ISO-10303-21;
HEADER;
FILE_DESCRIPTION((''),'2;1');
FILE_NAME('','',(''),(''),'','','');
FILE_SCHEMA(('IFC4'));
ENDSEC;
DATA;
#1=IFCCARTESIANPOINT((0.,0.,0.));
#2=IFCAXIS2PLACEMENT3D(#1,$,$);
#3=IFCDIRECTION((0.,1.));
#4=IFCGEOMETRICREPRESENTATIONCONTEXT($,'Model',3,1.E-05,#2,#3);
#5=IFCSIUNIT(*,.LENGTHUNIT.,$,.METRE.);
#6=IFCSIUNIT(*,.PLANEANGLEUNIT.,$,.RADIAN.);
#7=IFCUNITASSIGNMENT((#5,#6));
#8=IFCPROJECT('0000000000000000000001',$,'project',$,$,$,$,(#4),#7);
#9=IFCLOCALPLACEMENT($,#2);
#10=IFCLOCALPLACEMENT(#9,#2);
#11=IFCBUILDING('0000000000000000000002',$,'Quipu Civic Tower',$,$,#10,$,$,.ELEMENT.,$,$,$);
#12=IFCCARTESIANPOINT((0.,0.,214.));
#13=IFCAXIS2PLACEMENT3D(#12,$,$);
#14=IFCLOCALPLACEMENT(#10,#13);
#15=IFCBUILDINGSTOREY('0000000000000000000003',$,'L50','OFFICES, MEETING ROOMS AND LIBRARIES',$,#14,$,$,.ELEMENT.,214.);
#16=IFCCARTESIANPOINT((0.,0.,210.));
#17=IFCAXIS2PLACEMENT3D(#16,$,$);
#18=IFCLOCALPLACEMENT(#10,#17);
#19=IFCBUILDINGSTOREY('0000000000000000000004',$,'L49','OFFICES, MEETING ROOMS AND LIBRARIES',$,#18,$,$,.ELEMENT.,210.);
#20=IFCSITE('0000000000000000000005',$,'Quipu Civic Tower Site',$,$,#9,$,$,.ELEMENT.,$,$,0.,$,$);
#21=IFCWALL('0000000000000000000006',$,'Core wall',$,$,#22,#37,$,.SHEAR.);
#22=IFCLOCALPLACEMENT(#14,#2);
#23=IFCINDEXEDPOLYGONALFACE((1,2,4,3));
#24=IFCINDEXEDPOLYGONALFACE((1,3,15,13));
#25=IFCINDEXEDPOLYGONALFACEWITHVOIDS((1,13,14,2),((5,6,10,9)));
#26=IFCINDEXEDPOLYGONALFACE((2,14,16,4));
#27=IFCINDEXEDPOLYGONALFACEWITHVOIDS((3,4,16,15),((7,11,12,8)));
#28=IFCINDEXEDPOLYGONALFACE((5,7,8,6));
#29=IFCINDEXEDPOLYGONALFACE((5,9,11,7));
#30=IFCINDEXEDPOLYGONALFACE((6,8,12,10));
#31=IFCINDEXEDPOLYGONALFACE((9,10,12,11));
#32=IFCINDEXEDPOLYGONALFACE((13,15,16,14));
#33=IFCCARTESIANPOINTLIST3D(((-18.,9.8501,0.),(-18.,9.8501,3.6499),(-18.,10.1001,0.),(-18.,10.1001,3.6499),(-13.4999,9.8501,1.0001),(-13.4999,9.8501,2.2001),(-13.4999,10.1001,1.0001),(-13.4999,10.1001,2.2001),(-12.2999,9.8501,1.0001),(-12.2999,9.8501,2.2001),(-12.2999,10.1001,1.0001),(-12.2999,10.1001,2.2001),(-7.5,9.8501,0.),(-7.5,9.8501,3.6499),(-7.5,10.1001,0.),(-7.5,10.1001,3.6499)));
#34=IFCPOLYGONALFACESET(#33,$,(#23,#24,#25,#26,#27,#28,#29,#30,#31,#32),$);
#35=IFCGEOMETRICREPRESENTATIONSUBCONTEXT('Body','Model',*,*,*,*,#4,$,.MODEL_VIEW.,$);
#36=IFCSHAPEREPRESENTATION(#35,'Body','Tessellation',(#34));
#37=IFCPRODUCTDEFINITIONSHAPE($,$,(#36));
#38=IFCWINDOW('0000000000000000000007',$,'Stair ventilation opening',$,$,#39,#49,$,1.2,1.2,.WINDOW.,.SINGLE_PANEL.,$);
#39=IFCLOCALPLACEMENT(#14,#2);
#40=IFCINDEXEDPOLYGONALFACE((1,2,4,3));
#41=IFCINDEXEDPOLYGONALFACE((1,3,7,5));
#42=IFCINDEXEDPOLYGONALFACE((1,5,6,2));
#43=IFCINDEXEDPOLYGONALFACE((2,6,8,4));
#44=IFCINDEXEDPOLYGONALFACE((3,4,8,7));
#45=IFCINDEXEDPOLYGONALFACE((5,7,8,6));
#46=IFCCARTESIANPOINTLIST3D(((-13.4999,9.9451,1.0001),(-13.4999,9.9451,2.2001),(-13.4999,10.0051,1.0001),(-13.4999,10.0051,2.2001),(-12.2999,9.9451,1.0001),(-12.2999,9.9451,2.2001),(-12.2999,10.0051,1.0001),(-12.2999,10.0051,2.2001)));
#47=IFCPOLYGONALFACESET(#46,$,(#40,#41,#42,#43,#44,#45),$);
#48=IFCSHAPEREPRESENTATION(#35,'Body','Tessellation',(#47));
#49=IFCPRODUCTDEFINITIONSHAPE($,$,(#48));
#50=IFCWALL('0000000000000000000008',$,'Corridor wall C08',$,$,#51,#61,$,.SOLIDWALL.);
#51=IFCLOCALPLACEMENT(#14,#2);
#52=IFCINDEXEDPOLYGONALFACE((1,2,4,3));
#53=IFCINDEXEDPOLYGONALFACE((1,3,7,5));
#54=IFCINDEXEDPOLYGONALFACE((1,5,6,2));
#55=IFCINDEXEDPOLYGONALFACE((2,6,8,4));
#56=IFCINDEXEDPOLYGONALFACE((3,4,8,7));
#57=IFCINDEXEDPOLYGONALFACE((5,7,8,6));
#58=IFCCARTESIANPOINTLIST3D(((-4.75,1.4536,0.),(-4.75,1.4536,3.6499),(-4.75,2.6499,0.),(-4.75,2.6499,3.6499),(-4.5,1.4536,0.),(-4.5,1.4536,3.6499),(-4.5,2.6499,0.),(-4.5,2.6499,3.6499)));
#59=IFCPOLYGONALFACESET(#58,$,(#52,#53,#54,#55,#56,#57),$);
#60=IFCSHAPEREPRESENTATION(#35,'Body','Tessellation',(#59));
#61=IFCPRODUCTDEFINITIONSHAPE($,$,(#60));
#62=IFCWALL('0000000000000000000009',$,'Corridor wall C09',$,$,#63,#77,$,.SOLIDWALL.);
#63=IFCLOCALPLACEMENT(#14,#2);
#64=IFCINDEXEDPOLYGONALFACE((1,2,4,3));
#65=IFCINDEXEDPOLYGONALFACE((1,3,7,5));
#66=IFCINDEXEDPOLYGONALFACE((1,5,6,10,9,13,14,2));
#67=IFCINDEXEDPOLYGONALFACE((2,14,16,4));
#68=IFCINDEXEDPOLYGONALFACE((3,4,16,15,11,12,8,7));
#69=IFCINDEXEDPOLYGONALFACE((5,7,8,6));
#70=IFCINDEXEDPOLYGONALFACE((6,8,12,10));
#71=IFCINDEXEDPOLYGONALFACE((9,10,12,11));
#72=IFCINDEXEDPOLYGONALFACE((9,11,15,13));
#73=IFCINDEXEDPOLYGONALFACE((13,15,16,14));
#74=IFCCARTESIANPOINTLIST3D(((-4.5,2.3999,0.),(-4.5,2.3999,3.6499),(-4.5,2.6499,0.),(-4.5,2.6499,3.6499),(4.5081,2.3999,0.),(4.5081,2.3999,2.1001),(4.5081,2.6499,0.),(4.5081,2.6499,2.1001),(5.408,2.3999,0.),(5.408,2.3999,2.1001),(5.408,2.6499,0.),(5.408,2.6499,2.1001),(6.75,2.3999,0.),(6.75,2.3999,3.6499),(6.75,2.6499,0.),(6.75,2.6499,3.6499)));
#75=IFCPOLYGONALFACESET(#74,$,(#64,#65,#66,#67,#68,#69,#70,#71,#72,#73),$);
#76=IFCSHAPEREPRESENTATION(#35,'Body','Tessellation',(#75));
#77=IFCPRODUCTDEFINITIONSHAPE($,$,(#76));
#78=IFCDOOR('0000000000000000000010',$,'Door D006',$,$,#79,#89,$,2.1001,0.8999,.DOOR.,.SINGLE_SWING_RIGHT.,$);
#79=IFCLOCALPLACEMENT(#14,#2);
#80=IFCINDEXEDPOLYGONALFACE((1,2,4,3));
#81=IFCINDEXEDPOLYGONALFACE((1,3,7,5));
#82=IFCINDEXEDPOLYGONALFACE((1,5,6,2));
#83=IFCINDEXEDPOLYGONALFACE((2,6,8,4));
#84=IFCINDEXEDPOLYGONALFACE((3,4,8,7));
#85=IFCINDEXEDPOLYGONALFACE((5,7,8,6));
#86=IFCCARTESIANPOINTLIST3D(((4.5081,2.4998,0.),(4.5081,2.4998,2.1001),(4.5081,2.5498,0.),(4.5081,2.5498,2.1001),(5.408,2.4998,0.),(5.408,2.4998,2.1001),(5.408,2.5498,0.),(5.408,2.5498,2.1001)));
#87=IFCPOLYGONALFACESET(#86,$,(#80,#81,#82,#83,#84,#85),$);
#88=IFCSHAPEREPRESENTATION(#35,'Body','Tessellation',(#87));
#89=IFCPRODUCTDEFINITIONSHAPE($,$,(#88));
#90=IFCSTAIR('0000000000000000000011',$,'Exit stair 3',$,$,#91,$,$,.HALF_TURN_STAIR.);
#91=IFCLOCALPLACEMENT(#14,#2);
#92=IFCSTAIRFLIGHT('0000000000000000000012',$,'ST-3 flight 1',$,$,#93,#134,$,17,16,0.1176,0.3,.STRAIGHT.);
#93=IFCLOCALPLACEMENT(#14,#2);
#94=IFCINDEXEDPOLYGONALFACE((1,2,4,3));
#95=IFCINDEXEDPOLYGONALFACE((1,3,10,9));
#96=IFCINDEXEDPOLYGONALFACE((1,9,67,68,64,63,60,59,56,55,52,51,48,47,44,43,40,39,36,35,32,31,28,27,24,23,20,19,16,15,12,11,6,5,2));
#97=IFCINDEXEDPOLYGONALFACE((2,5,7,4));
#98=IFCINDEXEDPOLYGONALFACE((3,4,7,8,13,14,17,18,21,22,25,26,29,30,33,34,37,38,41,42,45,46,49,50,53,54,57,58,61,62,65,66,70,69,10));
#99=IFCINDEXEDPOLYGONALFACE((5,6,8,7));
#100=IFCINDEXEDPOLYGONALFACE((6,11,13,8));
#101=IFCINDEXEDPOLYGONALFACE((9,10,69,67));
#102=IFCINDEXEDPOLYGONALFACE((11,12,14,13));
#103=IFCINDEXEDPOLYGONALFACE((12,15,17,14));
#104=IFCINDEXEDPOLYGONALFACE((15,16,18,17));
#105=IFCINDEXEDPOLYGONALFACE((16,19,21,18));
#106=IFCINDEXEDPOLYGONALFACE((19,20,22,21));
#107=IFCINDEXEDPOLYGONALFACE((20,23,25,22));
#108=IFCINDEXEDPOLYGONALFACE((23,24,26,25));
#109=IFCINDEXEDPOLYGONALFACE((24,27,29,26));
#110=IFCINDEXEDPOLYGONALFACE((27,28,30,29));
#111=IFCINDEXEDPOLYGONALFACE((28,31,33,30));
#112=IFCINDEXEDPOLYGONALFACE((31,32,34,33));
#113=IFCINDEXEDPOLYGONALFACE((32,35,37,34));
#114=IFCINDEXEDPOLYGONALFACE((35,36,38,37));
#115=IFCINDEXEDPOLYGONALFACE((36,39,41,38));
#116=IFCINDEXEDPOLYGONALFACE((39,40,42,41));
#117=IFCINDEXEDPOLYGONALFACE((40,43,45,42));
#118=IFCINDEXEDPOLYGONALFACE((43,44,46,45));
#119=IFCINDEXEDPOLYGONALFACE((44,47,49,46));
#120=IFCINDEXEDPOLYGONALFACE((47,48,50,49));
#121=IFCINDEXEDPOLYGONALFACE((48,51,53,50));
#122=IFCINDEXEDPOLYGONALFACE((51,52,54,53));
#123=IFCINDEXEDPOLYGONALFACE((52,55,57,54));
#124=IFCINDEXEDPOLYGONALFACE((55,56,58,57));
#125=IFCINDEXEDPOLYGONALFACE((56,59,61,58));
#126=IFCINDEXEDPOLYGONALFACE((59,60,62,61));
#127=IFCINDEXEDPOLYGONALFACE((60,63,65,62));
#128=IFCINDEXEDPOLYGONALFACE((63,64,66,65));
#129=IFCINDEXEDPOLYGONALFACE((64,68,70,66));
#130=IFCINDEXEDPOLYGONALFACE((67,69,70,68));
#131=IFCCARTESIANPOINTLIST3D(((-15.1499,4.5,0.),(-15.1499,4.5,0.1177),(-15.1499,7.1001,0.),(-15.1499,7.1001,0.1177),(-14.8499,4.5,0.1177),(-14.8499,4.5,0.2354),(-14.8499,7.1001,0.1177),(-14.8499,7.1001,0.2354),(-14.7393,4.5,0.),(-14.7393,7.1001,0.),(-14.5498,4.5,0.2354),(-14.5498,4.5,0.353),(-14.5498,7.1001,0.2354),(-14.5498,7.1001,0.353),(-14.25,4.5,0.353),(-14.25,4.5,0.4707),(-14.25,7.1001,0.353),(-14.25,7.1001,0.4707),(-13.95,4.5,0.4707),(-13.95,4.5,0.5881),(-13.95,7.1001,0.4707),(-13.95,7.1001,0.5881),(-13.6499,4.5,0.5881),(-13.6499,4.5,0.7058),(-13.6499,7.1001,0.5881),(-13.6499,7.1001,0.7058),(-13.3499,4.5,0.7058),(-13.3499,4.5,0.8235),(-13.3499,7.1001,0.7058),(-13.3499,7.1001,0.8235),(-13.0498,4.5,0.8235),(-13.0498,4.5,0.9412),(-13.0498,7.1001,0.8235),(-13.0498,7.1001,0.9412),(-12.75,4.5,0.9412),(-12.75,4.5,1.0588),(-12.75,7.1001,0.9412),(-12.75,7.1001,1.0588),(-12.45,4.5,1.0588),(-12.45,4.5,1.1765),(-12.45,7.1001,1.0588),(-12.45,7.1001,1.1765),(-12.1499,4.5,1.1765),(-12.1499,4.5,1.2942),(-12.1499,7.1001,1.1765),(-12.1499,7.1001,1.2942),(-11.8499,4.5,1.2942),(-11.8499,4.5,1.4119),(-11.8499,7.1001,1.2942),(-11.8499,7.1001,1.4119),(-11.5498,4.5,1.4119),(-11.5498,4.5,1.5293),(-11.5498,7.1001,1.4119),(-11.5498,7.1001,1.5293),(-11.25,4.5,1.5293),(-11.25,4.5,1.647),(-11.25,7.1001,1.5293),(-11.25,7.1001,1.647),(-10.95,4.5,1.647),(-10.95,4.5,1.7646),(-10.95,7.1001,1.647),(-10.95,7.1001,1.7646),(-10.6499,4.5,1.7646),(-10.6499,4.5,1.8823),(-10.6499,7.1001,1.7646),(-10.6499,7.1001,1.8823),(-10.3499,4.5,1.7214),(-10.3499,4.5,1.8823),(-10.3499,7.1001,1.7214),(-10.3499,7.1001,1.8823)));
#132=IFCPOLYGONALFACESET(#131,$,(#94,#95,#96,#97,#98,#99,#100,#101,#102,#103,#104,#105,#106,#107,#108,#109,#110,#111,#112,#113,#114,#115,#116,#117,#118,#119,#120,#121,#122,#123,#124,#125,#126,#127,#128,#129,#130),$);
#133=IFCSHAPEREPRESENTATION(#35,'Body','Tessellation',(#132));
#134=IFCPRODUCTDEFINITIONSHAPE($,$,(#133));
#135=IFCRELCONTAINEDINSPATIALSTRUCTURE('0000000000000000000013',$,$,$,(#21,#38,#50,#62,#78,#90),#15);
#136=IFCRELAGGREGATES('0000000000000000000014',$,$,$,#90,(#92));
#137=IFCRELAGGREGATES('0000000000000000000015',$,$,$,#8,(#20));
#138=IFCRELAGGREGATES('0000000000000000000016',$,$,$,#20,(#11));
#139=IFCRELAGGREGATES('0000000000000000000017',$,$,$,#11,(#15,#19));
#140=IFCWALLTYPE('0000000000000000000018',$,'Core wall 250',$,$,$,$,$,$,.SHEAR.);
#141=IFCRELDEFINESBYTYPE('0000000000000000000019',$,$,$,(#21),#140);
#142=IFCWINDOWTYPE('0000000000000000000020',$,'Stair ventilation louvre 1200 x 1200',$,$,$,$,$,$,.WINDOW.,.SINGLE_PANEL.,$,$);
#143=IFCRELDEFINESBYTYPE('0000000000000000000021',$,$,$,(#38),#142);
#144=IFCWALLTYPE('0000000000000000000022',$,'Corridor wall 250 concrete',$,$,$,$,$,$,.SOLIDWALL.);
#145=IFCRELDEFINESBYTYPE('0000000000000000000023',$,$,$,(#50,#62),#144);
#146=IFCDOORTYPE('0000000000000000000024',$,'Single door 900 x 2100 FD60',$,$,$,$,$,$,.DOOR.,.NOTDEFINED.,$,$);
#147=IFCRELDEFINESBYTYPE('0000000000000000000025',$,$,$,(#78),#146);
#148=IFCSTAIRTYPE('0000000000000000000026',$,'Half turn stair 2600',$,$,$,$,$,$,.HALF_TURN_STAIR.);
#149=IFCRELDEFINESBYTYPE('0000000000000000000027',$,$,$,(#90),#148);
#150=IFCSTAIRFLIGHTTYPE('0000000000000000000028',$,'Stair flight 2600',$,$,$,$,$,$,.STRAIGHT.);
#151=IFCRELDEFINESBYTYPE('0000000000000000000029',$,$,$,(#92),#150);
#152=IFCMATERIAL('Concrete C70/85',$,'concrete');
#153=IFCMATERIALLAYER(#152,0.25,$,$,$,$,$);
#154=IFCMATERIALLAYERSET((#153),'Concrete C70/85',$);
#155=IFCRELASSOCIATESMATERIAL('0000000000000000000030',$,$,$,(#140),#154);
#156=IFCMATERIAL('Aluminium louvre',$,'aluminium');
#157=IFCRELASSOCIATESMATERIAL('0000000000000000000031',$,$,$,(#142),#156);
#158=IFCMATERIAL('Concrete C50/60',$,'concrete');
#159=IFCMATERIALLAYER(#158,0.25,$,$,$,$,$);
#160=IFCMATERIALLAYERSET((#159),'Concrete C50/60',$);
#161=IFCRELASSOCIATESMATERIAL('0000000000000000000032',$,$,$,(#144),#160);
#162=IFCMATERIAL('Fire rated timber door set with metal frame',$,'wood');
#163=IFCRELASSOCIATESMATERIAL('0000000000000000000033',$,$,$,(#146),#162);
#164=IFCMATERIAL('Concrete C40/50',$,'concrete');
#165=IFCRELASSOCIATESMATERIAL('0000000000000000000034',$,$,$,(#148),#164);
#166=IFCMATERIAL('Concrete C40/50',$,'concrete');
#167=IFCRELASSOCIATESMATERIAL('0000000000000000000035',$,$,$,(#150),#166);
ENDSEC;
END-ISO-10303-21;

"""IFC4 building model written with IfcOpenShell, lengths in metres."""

from ifc_helpers import new_model, si_unit, direction, frame, frame_2d, origin, place, context, subcontext, project, spatial, polyline, rectangle, outline, extrude, material, layer, layer_set, type_object, element, fill, aggregate, save


model = new_model("IFC4")

# Units and contexts
model_context = context("Model", 3, precision=1e-05, world=origin(), true_north=direction((0.0, 1.0)))
body_context = subcontext(model_context, "Body", "Model", "MODEL_VIEW")
ifc_project = project(units=[si_unit("LENGTHUNIT", "METRE"), si_unit("PLANEANGLEUNIT", "RADIAN")], contexts=[model_context])

# Site, building, storey
site_placement = place(None, origin())
site = spatial("IfcSite", under=ifc_project, at=site_placement, Name="Quipu Civic Tower Site", CompositionType="ELEMENT", RefElevation=0.0)
building_placement = place(site_placement, origin())
building = spatial("IfcBuilding", under=site, at=building_placement, Name="Quipu Civic Tower", CompositionType="ELEMENT")
storey_1_placement = place(building_placement, frame((0.0, 0.0, 214.0)))
storey_1 = spatial("IfcBuildingStorey", under=building, at=storey_1_placement, Name="L50", Description="OFFICES, MEETING ROOMS AND LIBRARIES", CompositionType="ELEMENT", Elevation=214.0)

# Shared definitions
storey_2_placement = place(building_placement, frame((0.0, 0.0, 210.0)))
storey_2 = spatial("IfcBuildingStorey", under=building, at=storey_2_placement, Name="L49", Description="OFFICES, MEETING ROOMS AND LIBRARIES", CompositionType="ELEMENT", Elevation=210.0)

# Shared definitions
ifc_material_1 = material(Name="Concrete C70/85", Category="concrete")
ifc_layer_1 = layer(ifc_material_1, 0.25)
ifc_layer_set_1 = layer_set([ifc_layer_1], Name="Concrete C70/85")
wall_type_1 = type_object("IfcWallType", Name="Core wall 250", PredefinedType="SHEAR", material=ifc_layer_set_1)

# Wall, opening, window
wall_1_placement = place(storey_1_placement, frame((-18.0, 9.9751, 0.0), z_axis=(0.0, 0.0, 1.0), x_axis=(1.0, 0.0, 0.0)))
wall_1 = element("IfcWall", 1, at=wall_1_placement, inside=storey_1, type_object=wall_type_1, Name="Core wall", PredefinedType="SHEAR", context=body_context, shape_type="SweptSolid", body=[
    extrude(rectangle(XDim=10.5, YDim=0.25, at=frame_2d((5.25, 0.0))), origin(), (0.0, 0.0, 1.0), 3.6499),
])
opening_1_placement = place(wall_1_placement, frame((4.5, 0.0, 1.0)))
opening_1 = element("IfcOpeningElement", 2, at=opening_1_placement, cuts=wall_1, PredefinedType="OPENING", context=body_context, shape_type="SweptSolid", body=[
    extrude(rectangle(XDim=1.2, YDim=1.2, at=frame_2d((0.6001, 0.6001))), frame((0.0, 0.135, 0.0), z_axis=(0.0, -1.0, 0.0), x_axis=(1.0, 0.0, 0.0)), (0.0, 0.0, 1.0), 0.27),
])
ifc_material_2 = material(Name="Aluminium louvre", Category="aluminium")
window_type = type_object("IfcWindowType", Name="Stair ventilation louvre 1200 x 1200", PartitioningType="SINGLE_PANEL", PredefinedType="WINDOW", material=ifc_material_2)
window_placement = place(opening_1_placement, origin())
window = element("IfcWindow", 3, at=window_placement, inside=storey_1, type_object=window_type, Name="Stair ventilation opening", OverallHeight=1.2, OverallWidth=1.2, PartitioningType="SINGLE_PANEL", PredefinedType="WINDOW", context=body_context, shape_type="SweptSolid", body=[
    extrude(rectangle(XDim=1.2, YDim=1.2, at=frame_2d((0.6001, 0.6001))), frame((0.0, 0.03, 0.0), z_axis=(0.0, -1.0, 0.0), x_axis=(1.0, 0.0, 0.0)), (0.0, 0.0, 1.0), 0.0601),
])
fill(opening_1, window)

# Wall
ifc_material_3 = material(Name="Concrete C50/60", Category="concrete")
ifc_layer_2 = layer(ifc_material_3, 0.25)
ifc_layer_set_2 = layer_set([ifc_layer_2], Name="Concrete C50/60")
wall_type_2 = type_object("IfcWallType", Name="Corridor wall 250 concrete", PredefinedType="SOLIDWALL", material=ifc_layer_set_2)
wall_2_placement = place(storey_1_placement, frame((-4.625, 1.4536, 0.0), z_axis=(0.0, 0.0, 1.0), x_axis=(0.0, 1.0, 0.0)))
element("IfcWall", 4, at=wall_2_placement, inside=storey_1, type_object=wall_type_2, Name="Corridor wall C08", PredefinedType="SOLIDWALL", context=body_context, shape_type="SweptSolid", body=[
    extrude(rectangle(XDim=1.1963, YDim=0.25, at=frame_2d((0.5981, 0.0))), origin(), (0.0, 0.0, 1.0), 3.6499),
])

# Wall, opening, door
wall_3_placement = place(storey_1_placement, frame((-4.5, 2.5249, 0.0), z_axis=(0.0, 0.0, 1.0), x_axis=(1.0, 0.0, 0.0)))
wall_3 = element("IfcWall", 5, at=wall_3_placement, inside=storey_1, type_object=wall_type_2, Name="Corridor wall C09", PredefinedType="SOLIDWALL", context=body_context, shape_type="SweptSolid", body=[
    extrude(rectangle(XDim=11.25, YDim=0.25, at=frame_2d((5.625, 0.0))), origin(), (0.0, 0.0, 1.0), 3.6499),
])
opening_2_placement = place(wall_3_placement, frame((9.0081, 0.0, 0.0)))
opening_2 = element("IfcOpeningElement", 6, at=opening_2_placement, cuts=wall_3, PredefinedType="OPENING", context=body_context, shape_type="SweptSolid", body=[
    extrude(rectangle(XDim=0.8999, YDim=2.1001, at=frame_2d((0.45, 1.05))), frame((0.0, 0.135, 0.0), z_axis=(0.0, -1.0, 0.0), x_axis=(1.0, 0.0, 0.0)), (0.0, 0.0, 1.0), 0.27),
])
ifc_material_4 = material(Name="Fire rated timber door set with metal frame", Category="wood")
door_type_1 = type_object("IfcDoorType", Name="Single door 900 x 2100 FD60", OperationType="NOTDEFINED", PredefinedType="DOOR", material=ifc_material_4)
door_1_placement = place(opening_2_placement, origin())
door_1 = element("IfcDoor", 7, at=door_1_placement, inside=storey_1, type_object=door_type_1, Name="Door D006", OperationType="SINGLE_SWING_RIGHT", OverallHeight=2.1001, OverallWidth=0.8999, PredefinedType="DOOR", context=body_context, shape_type="SweptSolid", body=[
    extrude(rectangle(XDim=0.8999, YDim=2.1001, at=frame_2d((0.45, 1.05))), frame((0.0, 0.0249, 0.0), z_axis=(0.0, -1.0, 0.0), x_axis=(1.0, 0.0, 0.0)), (0.0, 0.0, 1.0), 0.05),
])
fill(opening_2, door_1)

# Stair, stair flight
ifc_material_5 = material(Name="Concrete C40/50", Category="concrete")
stair_type = type_object("IfcStairType", Name="Half turn stair 2600", PredefinedType="HALF_TURN_STAIR", material=ifc_material_5)
stair_placement = place(storey_1_placement, origin())
stair = element("IfcStair", 8, at=stair_placement, inside=storey_1, type_object=stair_type, Name="Exit stair 3", PredefinedType="HALF_TURN_STAIR")
ifc_material_6 = material(Name="Concrete C40/50", Category="concrete")
stair_flight_type = type_object("IfcStairFlightType", Name="Stair flight 2600", PredefinedType="STRAIGHT", material=ifc_material_6)
stair_flight_1_placement = place(storey_1_placement, frame((-15.1499, 5.8, 0.0), z_axis=(0.0, 0.0, 1.0), x_axis=(1.0, 0.0, 0.0)))
stair_flight_1 = element("IfcStairFlight", 9, at=stair_flight_1_placement, type_object=stair_flight_type, Name="ST-3 flight 1", NumberOfRisers=17, NumberOfTreads=16, PredefinedType="STRAIGHT", RiserHeight=0.1176, TreadLength=0.3, context=body_context, shape_type="SweptSolid", body=[
    extrude(outline(polyline([(0.0, 0.0), (0.0, 0.1177), (0.3, 0.1177), (0.3, 0.2354), (0.6001, 0.2354), (0.6001, 0.353), (0.8999, 0.353), (0.8999, 0.4707), (1.2, 0.4707), (1.2, 0.5881), (1.5, 0.5881), (1.5, 0.7058), (1.8, 0.7058), (1.8, 0.8235), (2.1001, 0.8235), (2.1001, 0.9412), (2.3999, 0.9412), (2.3999, 1.0588), (2.7, 1.0588), (2.7, 1.1765), (3.0, 1.1765), (3.0, 1.2942), (3.3, 1.2942), (3.3, 1.4119), (3.6001, 1.4119), (3.6001, 1.5293), (3.8999, 1.5293), (3.8999, 1.647), (4.2, 1.647), (4.2, 1.7646), (4.5, 1.7646), (4.5, 1.8823), (4.8, 1.8823), (4.8, 2.0), (4.8, 1.7214), (0.4106, 0.0), (0.0, 0.0)])), frame((0.0, 1.3, 0.0), z_axis=(0.0, -1.0, 0.0), x_axis=(1.0, 0.0, 0.0)), (0.0, 0.0, 1.0), 2.6001),
])
aggregate(stair, [stair_flight_1])

save(model, "model.ifc")
